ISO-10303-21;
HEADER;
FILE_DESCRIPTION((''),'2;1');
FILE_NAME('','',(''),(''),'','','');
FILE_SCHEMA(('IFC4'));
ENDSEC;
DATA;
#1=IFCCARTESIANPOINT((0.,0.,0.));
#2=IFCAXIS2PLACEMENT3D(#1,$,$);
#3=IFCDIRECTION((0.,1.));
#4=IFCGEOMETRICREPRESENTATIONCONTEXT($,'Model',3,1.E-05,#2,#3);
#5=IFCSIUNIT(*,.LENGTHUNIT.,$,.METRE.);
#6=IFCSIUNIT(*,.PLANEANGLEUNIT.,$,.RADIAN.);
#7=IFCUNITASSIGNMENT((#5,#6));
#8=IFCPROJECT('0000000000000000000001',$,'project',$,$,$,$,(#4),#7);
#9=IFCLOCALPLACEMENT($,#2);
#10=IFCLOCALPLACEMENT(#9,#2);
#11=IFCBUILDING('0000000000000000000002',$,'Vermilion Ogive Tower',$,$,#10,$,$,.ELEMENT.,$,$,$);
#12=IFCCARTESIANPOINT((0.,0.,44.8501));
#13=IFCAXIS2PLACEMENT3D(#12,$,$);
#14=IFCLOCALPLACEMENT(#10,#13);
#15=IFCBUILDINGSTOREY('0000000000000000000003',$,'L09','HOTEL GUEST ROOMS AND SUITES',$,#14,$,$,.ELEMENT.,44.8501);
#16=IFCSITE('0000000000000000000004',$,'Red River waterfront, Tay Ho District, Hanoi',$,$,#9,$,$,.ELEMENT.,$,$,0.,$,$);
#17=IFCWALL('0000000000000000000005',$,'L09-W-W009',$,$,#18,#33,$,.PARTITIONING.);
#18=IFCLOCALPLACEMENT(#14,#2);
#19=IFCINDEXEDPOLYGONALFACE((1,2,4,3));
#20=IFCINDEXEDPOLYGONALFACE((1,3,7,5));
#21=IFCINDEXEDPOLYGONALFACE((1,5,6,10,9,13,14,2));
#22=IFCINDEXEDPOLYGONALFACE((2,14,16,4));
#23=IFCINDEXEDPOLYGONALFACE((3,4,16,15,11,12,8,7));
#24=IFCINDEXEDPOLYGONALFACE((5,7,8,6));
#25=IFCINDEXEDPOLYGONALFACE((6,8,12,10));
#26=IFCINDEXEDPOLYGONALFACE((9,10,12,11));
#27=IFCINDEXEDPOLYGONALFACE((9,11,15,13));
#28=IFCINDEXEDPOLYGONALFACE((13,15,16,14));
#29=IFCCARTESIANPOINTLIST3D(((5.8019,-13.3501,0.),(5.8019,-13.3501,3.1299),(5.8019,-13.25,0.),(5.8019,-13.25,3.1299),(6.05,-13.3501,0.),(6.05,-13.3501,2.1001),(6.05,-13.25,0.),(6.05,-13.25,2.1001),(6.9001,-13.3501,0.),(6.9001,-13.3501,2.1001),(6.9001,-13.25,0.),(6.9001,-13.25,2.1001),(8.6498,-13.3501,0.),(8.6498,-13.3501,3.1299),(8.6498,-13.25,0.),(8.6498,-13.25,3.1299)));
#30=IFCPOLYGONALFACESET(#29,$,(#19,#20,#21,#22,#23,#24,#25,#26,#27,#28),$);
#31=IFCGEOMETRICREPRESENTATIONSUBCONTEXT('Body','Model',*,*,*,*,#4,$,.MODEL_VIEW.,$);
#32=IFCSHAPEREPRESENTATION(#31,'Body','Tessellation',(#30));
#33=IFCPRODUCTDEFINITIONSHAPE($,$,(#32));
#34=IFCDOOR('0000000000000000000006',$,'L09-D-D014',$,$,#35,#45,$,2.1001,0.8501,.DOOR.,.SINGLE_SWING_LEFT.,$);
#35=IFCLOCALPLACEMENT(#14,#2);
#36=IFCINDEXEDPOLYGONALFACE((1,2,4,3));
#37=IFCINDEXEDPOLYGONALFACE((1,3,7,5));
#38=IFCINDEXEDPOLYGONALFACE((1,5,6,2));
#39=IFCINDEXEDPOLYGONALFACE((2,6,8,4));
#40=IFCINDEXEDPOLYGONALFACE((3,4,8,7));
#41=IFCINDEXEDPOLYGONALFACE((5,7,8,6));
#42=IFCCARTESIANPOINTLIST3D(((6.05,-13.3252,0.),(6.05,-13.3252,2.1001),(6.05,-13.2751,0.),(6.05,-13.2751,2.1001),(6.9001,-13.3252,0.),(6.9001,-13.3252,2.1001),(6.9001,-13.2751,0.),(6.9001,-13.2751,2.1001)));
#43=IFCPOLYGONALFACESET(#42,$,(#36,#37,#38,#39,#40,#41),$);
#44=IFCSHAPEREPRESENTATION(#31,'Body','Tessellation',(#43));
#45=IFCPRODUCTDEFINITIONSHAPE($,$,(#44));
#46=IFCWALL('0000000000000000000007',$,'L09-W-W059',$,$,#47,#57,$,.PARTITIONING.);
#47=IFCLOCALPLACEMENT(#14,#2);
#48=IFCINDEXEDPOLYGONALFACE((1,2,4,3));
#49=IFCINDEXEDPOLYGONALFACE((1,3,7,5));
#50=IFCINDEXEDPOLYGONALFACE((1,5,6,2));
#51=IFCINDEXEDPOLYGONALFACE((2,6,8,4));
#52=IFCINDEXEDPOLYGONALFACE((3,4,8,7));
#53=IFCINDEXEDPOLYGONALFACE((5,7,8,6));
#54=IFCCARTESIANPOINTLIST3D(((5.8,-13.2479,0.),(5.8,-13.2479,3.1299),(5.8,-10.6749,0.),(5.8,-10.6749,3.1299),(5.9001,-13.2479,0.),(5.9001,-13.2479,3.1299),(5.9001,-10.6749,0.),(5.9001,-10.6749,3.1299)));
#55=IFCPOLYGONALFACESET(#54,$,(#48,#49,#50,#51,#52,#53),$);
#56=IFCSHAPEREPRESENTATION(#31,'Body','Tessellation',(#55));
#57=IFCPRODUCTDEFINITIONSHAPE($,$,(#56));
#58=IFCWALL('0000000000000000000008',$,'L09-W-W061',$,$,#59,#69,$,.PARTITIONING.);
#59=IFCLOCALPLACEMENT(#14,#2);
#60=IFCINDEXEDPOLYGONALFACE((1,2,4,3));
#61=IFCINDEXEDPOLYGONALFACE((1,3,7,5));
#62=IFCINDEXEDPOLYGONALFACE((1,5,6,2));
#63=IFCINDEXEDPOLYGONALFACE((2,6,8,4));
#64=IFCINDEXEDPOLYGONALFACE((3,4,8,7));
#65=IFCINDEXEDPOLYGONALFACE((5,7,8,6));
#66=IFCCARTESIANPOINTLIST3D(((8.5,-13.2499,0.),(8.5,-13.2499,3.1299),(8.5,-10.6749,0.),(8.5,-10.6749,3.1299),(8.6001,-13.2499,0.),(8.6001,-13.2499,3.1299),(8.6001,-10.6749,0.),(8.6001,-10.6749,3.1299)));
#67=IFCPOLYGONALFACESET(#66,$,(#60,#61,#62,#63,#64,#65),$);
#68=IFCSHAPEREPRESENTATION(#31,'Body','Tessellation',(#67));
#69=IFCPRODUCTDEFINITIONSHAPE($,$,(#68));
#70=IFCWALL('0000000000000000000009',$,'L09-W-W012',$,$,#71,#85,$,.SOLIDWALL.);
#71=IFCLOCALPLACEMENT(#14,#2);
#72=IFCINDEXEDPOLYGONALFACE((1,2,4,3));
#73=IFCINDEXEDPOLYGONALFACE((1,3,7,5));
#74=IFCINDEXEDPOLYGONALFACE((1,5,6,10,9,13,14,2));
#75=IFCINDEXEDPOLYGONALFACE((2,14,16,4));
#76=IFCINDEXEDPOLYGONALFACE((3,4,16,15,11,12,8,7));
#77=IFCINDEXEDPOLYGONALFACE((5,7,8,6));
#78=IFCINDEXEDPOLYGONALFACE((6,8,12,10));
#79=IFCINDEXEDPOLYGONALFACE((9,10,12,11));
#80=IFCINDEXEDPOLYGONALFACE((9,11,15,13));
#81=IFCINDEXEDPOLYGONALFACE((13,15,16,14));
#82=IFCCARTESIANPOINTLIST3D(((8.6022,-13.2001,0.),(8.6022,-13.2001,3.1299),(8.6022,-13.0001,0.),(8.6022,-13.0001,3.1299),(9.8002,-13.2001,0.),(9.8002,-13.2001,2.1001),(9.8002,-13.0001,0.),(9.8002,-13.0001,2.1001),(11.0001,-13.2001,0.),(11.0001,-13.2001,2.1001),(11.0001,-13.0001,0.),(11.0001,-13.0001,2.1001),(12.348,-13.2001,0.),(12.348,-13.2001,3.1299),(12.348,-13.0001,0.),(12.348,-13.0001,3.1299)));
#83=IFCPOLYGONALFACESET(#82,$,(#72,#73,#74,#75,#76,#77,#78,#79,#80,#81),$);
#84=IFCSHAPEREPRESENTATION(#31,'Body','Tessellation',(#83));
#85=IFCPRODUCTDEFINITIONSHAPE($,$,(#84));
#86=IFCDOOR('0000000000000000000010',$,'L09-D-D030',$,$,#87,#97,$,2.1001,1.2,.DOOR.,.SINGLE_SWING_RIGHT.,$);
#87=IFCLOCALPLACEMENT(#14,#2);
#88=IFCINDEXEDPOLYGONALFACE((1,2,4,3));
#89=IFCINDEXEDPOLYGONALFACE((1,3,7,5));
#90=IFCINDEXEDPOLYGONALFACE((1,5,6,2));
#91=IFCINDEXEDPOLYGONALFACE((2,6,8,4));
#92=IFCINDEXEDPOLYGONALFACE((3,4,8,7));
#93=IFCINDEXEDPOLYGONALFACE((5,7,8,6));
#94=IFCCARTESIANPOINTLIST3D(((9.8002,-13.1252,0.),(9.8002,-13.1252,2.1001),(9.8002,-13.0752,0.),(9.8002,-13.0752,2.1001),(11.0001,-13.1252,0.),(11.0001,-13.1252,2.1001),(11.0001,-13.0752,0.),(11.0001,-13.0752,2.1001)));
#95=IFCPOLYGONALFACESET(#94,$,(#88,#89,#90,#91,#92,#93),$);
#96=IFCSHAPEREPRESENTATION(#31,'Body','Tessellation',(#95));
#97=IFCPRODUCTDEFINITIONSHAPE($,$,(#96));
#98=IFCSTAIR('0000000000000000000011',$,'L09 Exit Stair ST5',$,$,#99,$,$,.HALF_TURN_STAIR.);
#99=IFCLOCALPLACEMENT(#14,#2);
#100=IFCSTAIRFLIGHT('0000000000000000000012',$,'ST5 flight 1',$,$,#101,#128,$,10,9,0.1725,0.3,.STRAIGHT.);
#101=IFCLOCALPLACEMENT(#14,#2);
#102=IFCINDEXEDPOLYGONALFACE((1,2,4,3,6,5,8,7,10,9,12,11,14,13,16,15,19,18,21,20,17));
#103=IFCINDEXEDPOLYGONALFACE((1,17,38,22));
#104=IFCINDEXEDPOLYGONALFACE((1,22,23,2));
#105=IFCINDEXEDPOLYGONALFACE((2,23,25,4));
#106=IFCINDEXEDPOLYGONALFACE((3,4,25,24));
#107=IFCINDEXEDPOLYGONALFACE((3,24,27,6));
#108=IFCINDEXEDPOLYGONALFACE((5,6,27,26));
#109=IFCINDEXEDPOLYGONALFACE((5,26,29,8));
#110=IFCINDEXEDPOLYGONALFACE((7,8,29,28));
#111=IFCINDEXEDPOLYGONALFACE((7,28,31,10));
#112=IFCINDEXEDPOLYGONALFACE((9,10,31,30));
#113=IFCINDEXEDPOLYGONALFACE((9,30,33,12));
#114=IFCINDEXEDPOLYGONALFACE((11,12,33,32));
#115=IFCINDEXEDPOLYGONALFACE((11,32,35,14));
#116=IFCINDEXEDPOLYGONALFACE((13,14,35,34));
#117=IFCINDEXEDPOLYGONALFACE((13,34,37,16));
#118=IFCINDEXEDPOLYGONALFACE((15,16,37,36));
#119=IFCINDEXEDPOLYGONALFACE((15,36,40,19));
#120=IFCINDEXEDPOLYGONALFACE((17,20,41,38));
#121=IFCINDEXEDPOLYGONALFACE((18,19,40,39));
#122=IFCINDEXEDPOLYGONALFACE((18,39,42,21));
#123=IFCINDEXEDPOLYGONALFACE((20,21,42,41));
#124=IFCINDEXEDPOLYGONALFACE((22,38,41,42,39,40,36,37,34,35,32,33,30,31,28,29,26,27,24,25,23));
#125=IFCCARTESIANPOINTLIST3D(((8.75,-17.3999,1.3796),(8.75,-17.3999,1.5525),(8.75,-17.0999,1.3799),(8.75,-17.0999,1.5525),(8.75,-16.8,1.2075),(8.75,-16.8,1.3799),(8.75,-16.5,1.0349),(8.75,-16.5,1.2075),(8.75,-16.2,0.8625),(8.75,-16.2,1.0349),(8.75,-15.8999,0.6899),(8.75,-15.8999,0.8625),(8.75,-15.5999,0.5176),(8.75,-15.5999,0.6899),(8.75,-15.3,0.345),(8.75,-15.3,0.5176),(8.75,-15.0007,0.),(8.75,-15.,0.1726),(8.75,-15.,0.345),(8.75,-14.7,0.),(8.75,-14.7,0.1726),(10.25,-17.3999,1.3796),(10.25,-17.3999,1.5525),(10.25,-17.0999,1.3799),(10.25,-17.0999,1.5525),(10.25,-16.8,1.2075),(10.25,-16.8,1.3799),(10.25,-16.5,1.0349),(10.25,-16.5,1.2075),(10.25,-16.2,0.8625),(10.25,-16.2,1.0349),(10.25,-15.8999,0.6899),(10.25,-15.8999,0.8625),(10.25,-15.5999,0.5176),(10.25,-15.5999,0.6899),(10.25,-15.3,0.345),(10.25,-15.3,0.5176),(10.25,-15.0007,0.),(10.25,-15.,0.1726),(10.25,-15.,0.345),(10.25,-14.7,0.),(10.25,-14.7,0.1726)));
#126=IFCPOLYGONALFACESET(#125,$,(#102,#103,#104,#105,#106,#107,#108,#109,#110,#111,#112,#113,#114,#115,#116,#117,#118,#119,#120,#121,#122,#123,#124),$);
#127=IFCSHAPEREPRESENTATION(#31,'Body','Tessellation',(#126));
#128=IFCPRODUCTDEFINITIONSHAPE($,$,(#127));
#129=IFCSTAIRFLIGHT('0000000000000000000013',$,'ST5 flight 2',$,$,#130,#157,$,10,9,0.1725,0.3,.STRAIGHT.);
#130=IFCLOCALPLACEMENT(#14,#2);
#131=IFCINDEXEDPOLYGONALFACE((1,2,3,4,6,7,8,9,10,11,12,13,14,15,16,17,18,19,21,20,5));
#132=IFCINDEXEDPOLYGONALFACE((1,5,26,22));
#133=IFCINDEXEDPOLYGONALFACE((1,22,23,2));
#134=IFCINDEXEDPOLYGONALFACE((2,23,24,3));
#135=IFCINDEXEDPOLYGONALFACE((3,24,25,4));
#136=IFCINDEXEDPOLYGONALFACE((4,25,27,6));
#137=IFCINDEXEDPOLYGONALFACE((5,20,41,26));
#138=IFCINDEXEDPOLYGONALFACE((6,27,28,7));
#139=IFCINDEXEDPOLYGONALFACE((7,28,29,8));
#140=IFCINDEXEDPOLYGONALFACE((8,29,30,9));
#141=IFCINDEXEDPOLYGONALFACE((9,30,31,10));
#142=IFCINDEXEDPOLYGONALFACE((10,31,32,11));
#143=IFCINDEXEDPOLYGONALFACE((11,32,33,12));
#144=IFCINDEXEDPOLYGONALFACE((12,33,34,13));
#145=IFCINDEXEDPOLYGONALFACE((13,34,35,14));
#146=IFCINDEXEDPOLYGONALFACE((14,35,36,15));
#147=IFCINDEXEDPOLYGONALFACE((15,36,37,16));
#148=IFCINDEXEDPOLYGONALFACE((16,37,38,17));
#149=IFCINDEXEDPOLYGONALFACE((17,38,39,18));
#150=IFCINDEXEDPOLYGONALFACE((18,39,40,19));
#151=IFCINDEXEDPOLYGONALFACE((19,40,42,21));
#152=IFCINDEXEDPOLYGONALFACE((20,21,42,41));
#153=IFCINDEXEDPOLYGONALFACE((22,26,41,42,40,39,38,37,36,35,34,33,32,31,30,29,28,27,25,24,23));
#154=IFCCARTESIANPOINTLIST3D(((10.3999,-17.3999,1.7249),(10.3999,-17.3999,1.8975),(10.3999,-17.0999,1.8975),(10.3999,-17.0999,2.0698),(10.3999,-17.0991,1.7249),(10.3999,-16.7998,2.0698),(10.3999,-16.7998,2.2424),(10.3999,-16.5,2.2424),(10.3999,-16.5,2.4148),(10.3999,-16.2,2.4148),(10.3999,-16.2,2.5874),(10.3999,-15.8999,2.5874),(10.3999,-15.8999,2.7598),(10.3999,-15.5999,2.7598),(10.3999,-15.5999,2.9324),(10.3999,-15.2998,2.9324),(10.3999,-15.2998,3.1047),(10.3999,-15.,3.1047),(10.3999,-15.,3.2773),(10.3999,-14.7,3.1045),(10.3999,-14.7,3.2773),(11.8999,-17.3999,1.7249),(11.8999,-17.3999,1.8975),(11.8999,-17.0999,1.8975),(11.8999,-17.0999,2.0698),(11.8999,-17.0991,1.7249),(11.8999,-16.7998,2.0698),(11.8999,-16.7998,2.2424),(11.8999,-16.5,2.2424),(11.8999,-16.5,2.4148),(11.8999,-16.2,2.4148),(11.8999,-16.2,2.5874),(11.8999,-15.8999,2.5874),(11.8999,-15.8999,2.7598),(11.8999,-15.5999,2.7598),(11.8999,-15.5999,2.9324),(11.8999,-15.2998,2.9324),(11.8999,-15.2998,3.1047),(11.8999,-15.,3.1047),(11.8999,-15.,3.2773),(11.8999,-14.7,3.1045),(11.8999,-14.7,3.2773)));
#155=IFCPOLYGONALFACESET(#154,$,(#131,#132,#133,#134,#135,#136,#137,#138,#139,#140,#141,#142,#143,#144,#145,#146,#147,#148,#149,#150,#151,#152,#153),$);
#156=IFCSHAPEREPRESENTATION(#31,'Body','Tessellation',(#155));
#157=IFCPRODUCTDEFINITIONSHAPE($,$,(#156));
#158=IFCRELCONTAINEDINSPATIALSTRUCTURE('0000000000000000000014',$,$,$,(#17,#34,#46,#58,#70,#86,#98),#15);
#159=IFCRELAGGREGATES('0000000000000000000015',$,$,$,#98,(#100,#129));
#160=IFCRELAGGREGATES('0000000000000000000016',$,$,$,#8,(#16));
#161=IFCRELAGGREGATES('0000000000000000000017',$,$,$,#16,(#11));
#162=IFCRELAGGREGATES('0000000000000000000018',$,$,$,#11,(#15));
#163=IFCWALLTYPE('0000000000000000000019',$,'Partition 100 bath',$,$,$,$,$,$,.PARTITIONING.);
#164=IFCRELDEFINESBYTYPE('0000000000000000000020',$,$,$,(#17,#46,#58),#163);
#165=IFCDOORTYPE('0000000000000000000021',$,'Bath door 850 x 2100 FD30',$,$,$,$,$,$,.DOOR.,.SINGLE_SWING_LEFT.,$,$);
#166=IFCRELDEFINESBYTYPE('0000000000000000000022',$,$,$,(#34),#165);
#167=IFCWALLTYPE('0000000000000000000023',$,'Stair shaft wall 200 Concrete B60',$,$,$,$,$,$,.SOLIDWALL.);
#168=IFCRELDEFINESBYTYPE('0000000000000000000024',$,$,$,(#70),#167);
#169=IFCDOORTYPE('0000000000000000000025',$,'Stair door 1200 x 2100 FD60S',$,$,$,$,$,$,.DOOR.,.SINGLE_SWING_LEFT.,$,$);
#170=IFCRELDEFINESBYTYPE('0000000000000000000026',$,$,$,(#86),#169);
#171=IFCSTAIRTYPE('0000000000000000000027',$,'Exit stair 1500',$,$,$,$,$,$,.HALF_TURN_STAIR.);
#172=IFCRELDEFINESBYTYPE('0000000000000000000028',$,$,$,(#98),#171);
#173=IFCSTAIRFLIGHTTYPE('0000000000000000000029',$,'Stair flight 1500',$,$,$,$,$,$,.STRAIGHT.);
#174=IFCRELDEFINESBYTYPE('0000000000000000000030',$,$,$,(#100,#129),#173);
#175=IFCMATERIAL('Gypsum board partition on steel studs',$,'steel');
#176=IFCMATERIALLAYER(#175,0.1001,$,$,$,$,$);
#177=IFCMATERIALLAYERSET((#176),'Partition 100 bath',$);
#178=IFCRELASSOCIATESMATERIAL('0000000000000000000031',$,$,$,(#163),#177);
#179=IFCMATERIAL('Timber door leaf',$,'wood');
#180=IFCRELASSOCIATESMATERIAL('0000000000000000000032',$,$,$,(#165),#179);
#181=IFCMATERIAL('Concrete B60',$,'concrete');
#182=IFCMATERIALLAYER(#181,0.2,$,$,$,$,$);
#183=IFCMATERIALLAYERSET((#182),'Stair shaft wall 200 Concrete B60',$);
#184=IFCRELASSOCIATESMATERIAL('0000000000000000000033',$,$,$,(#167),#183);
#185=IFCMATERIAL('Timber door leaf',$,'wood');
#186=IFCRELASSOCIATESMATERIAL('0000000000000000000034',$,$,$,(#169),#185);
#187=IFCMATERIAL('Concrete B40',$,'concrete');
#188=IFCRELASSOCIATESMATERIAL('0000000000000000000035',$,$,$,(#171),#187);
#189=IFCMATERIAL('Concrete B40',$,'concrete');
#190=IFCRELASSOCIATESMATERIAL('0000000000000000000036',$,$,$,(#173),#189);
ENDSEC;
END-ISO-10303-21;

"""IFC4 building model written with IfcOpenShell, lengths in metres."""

from ifc_helpers import new_model, si_unit, direction, frame, frame_2d, origin, place, context, subcontext, project, spatial, polyline, rectangle, outline, extrude, material, layer, layer_set, type_object, element, fill, aggregate, save


model = new_model("IFC4")

# Units and contexts
model_context = context("Model", 3, precision=1e-05, world=origin(), true_north=direction((0.0, 1.0)))
body_context = subcontext(model_context, "Body", "Model", "MODEL_VIEW")
ifc_project = project(units=[si_unit("LENGTHUNIT", "METRE"), si_unit("PLANEANGLEUNIT", "RADIAN")], contexts=[model_context])

# Site, building, storey
site_placement = place(None, origin())
site = spatial("IfcSite", under=ifc_project, at=site_placement, Name="Red River waterfront, Tay Ho District, Hanoi", CompositionType="ELEMENT", RefElevation=0.0)
building_placement = place(site_placement, origin())
building = spatial("IfcBuilding", under=site, at=building_placement, Name="Vermilion Ogive Tower", CompositionType="ELEMENT")
storey_placement = place(building_placement, frame((0.0, 0.0, 44.8501)))
storey = spatial("IfcBuildingStorey", under=building, at=storey_placement, Name="L09", Description="HOTEL GUEST ROOMS AND SUITES", CompositionType="ELEMENT", Elevation=44.8501)

# Wall, opening, door
ifc_material_1 = material(Name="Gypsum board partition on steel studs", Category="steel")
ifc_layer_1 = layer(ifc_material_1, 0.1001)
ifc_layer_set_1 = layer_set([ifc_layer_1], Name="Partition 100 bath")
wall_type_1 = type_object("IfcWallType", Name="Partition 100 bath", PredefinedType="PARTITIONING", material=ifc_layer_set_1)
wall_1_placement = place(storey_placement, frame((5.802, -13.3, 0.0), z_axis=(0.0, 0.0, 1.0), x_axis=(1.0, 0.0, 0.0)))
wall_1 = element("IfcWall", 1, at=wall_1_placement, inside=storey, type_object=wall_type_1, Name="L09-W-W009", PredefinedType="PARTITIONING", context=body_context, shape_type="SweptSolid", body=[
    extrude(rectangle(XDim=2.8479, YDim=0.1001, at=frame_2d((1.4238, 0.0))), origin(), (0.0, 0.0, 1.0), 3.1299),
])
opening_1_placement = place(wall_1_placement, frame((0.248, 0.0, 0.0)))
opening_1 = element("IfcOpeningElement", 2, at=opening_1_placement, cuts=wall_1, PredefinedType="OPENING", context=body_context, shape_type="SweptSolid", body=[
    extrude(rectangle(XDim=0.8501, YDim=2.1001, at=frame_2d((0.425, 1.05))), frame((0.0, 0.0601, 0.0), z_axis=(0.0, -1.0, 0.0), x_axis=(1.0, 0.0, 0.0)), (0.0, 0.0, 1.0), 0.1201),
])
ifc_material_2 = material(Name="Timber door leaf", Category="wood")
door_type_1 = type_object("IfcDoorType", Name="Bath door 850 x 2100 FD30", OperationType="SINGLE_SWING_LEFT", PredefinedType="DOOR", material=ifc_material_2)
door_1_placement = place(opening_1_placement, origin())
door_1 = element("IfcDoor", 3, at=door_1_placement, inside=storey, type_object=door_type_1, Name="L09-D-D014", OperationType="SINGLE_SWING_LEFT", OverallHeight=2.1001, OverallWidth=0.8501, PredefinedType="DOOR", context=body_context, shape_type="SweptSolid", body=[
    extrude(rectangle(XDim=0.8501, YDim=2.1001, at=frame_2d((0.425, 1.05))), frame((0.0, 0.0249, 0.0), z_axis=(0.0, -1.0, 0.0), x_axis=(1.0, 0.0, 0.0)), (0.0, 0.0, 1.0), 0.05),
])
fill(opening_1, door_1)

# Walls
wall_2_placement = place(storey_placement, frame((5.8501, -13.248, 0.0), z_axis=(0.0, 0.0, 1.0), x_axis=(0.0, 1.0, 0.0)))
element("IfcWall", 4, at=wall_2_placement, inside=storey, type_object=wall_type_1, Name="L09-W-W059", PredefinedType="PARTITIONING", context=body_context, shape_type="SweptSolid", body=[
    extrude(rectangle(XDim=2.573, YDim=0.1001, at=frame_2d((1.2866, 0.0))), origin(), (0.0, 0.0, 1.0), 3.1299),
])
wall_3_placement = place(storey_placement, frame((8.55, -13.25, 0.0), z_axis=(0.0, 0.0, 1.0), x_axis=(0.0, 1.0, 0.0)))
element("IfcWall", 5, at=wall_3_placement, inside=storey, type_object=wall_type_1, Name="L09-W-W061", PredefinedType="PARTITIONING", context=body_context, shape_type="SweptSolid", body=[
    extrude(rectangle(XDim=2.575, YDim=0.1001, at=frame_2d((1.2876, 0.0))), origin(), (0.0, 0.0, 1.0), 3.1299),
])

# Wall, opening, door
ifc_material_3 = material(Name="Concrete B60", Category="concrete")
ifc_layer_2 = layer(ifc_material_3, 0.2)
ifc_layer_set_2 = layer_set([ifc_layer_2], Name="Stair shaft wall 200 Concrete B60")
wall_type_2 = type_object("IfcWallType", Name="Stair shaft wall 200 Concrete B60", PredefinedType="SOLIDWALL", material=ifc_layer_set_2)
wall_4_placement = place(storey_placement, frame((8.6021, -13.1001, 0.0), z_axis=(0.0, 0.0, 1.0), x_axis=(1.0, 0.0, 0.0)))
wall_4 = element("IfcWall", 6, at=wall_4_placement, inside=storey, type_object=wall_type_2, Name="L09-W-W012", PredefinedType="SOLIDWALL", context=body_context, shape_type="SweptSolid", body=[
    extrude(rectangle(XDim=3.7458, YDim=0.2, at=frame_2d((1.873, 0.0))), origin(), (0.0, 0.0, 1.0), 3.1299),
])
opening_2_placement = place(wall_4_placement, frame((1.198, 0.0, 0.0)))
opening_2 = element("IfcOpeningElement", 7, at=opening_2_placement, cuts=wall_4, PredefinedType="OPENING", context=body_context, shape_type="SweptSolid", body=[
    extrude(rectangle(XDim=1.2, YDim=2.1001, at=frame_2d((0.6001, 1.05))), frame((0.0, 0.1099, 0.0), z_axis=(0.0, -1.0, 0.0), x_axis=(1.0, 0.0, 0.0)), (0.0, 0.0, 1.0), 0.22),
])
ifc_material_4 = material(Name="Timber door leaf", Category="wood")
door_type_2 = type_object("IfcDoorType", Name="Stair door 1200 x 2100 FD60S", OperationType="SINGLE_SWING_LEFT", PredefinedType="DOOR", material=ifc_material_4)
door_2_placement = place(opening_2_placement, origin())
door_2 = element("IfcDoor", 8, at=door_2_placement, inside=storey, type_object=door_type_2, Name="L09-D-D030", OperationType="SINGLE_SWING_RIGHT", OverallHeight=2.1001, OverallWidth=1.2, PredefinedType="DOOR", context=body_context, shape_type="SweptSolid", body=[
    extrude(rectangle(XDim=1.2, YDim=2.1001, at=frame_2d((0.6001, 1.05))), frame((0.0, 0.0249, 0.0), z_axis=(0.0, -1.0, 0.0), x_axis=(1.0, 0.0, 0.0)), (0.0, 0.0, 1.0), 0.05),
])
fill(opening_2, door_2)

# Stair, stair flights
ifc_material_5 = material(Name="Concrete B40", Category="concrete")
stair_type = type_object("IfcStairType", Name="Exit stair 1500", PredefinedType="HALF_TURN_STAIR", material=ifc_material_5)
stair_placement = place(storey_placement, origin())
stair = element("IfcStair", 9, at=stair_placement, inside=storey, type_object=stair_type, Name="L09 Exit Stair ST5", PredefinedType="HALF_TURN_STAIR")
ifc_material_6 = material(Name="Concrete B40", Category="concrete")
stair_flight_type = type_object("IfcStairFlightType", Name="Stair flight 1500", PredefinedType="STRAIGHT", material=ifc_material_6)
stair_flight_1_placement = place(storey_placement, frame((9.5, -14.7, 0.0), z_axis=(0.0, 0.0, 1.0), x_axis=(0.0, -1.0, 0.0)))
stair_flight_1 = element("IfcStairFlight", 10, at=stair_flight_1_placement, type_object=stair_flight_type, Name="ST5 flight 1", NumberOfRisers=10, NumberOfTreads=9, PredefinedType="STRAIGHT", RiserHeight=0.1725, TreadLength=0.3, context=body_context, shape_type="SweptSolid", body=[
    extrude(outline(polyline([(0.0, 0.0), (0.0, 0.1726), (0.3, 0.1726), (0.3, 0.345), (0.6001, 0.345), (0.6001, 0.5176), (0.8999, 0.5176), (0.8999, 0.6899), (1.2, 0.6899), (1.2, 0.8625), (1.5, 0.8625), (1.5, 1.0349), (1.8, 1.0349), (1.8, 1.2075), (2.1001, 1.2075), (2.1001, 1.3799), (2.3999, 1.3799), (2.3999, 1.5525), (2.7, 1.5525), (2.7, 1.7251), (2.7, 1.3796), (0.3008, 0.0), (0.0, 0.0)])), frame((0.0, 0.75, 0.0), z_axis=(0.0, -1.0, 0.0), x_axis=(1.0, 0.0, 0.0)), (0.0, 0.0, 1.0), 1.5),
])
stair_flight_2_placement = place(storey_placement, frame((11.1499, -17.3999, 1.7249), z_axis=(0.0, 0.0, 1.0), x_axis=(0.0, 1.0, 0.0)))
stair_flight_2 = element("IfcStairFlight", 11, at=stair_flight_2_placement, type_object=stair_flight_type, Name="ST5 flight 2", NumberOfRisers=10, NumberOfTreads=9, PredefinedType="STRAIGHT", RiserHeight=0.1725, TreadLength=0.3, context=body_context, shape_type="SweptSolid", body=[
    extrude(outline(polyline([(0.0, 0.0), (0.0, 0.1726), (0.3, 0.1726), (0.3, 0.345), (0.6001, 0.345), (0.6001, 0.5176), (0.8999, 0.5176), (0.8999, 0.6899), (1.2, 0.6899), (1.2, 0.8625), (1.5, 0.8625), (1.5, 1.0349), (1.8, 1.0349), (1.8, 1.2075), (2.1001, 1.2075), (2.1001, 1.3799), (2.3999, 1.3799), (2.3999, 1.5525), (2.7, 1.5525), (2.7, 1.7251), (2.7, 1.3796), (0.3008, 0.0), (0.0, 0.0)])), frame((0.0, 0.75, 0.0), z_axis=(0.0, -1.0, 0.0), x_axis=(1.0, 0.0, 0.0)), (0.0, 0.0, 1.0), 1.5),
])
aggregate(stair, [stair_flight_1, stair_flight_2])

save(model, "model.ifc")
